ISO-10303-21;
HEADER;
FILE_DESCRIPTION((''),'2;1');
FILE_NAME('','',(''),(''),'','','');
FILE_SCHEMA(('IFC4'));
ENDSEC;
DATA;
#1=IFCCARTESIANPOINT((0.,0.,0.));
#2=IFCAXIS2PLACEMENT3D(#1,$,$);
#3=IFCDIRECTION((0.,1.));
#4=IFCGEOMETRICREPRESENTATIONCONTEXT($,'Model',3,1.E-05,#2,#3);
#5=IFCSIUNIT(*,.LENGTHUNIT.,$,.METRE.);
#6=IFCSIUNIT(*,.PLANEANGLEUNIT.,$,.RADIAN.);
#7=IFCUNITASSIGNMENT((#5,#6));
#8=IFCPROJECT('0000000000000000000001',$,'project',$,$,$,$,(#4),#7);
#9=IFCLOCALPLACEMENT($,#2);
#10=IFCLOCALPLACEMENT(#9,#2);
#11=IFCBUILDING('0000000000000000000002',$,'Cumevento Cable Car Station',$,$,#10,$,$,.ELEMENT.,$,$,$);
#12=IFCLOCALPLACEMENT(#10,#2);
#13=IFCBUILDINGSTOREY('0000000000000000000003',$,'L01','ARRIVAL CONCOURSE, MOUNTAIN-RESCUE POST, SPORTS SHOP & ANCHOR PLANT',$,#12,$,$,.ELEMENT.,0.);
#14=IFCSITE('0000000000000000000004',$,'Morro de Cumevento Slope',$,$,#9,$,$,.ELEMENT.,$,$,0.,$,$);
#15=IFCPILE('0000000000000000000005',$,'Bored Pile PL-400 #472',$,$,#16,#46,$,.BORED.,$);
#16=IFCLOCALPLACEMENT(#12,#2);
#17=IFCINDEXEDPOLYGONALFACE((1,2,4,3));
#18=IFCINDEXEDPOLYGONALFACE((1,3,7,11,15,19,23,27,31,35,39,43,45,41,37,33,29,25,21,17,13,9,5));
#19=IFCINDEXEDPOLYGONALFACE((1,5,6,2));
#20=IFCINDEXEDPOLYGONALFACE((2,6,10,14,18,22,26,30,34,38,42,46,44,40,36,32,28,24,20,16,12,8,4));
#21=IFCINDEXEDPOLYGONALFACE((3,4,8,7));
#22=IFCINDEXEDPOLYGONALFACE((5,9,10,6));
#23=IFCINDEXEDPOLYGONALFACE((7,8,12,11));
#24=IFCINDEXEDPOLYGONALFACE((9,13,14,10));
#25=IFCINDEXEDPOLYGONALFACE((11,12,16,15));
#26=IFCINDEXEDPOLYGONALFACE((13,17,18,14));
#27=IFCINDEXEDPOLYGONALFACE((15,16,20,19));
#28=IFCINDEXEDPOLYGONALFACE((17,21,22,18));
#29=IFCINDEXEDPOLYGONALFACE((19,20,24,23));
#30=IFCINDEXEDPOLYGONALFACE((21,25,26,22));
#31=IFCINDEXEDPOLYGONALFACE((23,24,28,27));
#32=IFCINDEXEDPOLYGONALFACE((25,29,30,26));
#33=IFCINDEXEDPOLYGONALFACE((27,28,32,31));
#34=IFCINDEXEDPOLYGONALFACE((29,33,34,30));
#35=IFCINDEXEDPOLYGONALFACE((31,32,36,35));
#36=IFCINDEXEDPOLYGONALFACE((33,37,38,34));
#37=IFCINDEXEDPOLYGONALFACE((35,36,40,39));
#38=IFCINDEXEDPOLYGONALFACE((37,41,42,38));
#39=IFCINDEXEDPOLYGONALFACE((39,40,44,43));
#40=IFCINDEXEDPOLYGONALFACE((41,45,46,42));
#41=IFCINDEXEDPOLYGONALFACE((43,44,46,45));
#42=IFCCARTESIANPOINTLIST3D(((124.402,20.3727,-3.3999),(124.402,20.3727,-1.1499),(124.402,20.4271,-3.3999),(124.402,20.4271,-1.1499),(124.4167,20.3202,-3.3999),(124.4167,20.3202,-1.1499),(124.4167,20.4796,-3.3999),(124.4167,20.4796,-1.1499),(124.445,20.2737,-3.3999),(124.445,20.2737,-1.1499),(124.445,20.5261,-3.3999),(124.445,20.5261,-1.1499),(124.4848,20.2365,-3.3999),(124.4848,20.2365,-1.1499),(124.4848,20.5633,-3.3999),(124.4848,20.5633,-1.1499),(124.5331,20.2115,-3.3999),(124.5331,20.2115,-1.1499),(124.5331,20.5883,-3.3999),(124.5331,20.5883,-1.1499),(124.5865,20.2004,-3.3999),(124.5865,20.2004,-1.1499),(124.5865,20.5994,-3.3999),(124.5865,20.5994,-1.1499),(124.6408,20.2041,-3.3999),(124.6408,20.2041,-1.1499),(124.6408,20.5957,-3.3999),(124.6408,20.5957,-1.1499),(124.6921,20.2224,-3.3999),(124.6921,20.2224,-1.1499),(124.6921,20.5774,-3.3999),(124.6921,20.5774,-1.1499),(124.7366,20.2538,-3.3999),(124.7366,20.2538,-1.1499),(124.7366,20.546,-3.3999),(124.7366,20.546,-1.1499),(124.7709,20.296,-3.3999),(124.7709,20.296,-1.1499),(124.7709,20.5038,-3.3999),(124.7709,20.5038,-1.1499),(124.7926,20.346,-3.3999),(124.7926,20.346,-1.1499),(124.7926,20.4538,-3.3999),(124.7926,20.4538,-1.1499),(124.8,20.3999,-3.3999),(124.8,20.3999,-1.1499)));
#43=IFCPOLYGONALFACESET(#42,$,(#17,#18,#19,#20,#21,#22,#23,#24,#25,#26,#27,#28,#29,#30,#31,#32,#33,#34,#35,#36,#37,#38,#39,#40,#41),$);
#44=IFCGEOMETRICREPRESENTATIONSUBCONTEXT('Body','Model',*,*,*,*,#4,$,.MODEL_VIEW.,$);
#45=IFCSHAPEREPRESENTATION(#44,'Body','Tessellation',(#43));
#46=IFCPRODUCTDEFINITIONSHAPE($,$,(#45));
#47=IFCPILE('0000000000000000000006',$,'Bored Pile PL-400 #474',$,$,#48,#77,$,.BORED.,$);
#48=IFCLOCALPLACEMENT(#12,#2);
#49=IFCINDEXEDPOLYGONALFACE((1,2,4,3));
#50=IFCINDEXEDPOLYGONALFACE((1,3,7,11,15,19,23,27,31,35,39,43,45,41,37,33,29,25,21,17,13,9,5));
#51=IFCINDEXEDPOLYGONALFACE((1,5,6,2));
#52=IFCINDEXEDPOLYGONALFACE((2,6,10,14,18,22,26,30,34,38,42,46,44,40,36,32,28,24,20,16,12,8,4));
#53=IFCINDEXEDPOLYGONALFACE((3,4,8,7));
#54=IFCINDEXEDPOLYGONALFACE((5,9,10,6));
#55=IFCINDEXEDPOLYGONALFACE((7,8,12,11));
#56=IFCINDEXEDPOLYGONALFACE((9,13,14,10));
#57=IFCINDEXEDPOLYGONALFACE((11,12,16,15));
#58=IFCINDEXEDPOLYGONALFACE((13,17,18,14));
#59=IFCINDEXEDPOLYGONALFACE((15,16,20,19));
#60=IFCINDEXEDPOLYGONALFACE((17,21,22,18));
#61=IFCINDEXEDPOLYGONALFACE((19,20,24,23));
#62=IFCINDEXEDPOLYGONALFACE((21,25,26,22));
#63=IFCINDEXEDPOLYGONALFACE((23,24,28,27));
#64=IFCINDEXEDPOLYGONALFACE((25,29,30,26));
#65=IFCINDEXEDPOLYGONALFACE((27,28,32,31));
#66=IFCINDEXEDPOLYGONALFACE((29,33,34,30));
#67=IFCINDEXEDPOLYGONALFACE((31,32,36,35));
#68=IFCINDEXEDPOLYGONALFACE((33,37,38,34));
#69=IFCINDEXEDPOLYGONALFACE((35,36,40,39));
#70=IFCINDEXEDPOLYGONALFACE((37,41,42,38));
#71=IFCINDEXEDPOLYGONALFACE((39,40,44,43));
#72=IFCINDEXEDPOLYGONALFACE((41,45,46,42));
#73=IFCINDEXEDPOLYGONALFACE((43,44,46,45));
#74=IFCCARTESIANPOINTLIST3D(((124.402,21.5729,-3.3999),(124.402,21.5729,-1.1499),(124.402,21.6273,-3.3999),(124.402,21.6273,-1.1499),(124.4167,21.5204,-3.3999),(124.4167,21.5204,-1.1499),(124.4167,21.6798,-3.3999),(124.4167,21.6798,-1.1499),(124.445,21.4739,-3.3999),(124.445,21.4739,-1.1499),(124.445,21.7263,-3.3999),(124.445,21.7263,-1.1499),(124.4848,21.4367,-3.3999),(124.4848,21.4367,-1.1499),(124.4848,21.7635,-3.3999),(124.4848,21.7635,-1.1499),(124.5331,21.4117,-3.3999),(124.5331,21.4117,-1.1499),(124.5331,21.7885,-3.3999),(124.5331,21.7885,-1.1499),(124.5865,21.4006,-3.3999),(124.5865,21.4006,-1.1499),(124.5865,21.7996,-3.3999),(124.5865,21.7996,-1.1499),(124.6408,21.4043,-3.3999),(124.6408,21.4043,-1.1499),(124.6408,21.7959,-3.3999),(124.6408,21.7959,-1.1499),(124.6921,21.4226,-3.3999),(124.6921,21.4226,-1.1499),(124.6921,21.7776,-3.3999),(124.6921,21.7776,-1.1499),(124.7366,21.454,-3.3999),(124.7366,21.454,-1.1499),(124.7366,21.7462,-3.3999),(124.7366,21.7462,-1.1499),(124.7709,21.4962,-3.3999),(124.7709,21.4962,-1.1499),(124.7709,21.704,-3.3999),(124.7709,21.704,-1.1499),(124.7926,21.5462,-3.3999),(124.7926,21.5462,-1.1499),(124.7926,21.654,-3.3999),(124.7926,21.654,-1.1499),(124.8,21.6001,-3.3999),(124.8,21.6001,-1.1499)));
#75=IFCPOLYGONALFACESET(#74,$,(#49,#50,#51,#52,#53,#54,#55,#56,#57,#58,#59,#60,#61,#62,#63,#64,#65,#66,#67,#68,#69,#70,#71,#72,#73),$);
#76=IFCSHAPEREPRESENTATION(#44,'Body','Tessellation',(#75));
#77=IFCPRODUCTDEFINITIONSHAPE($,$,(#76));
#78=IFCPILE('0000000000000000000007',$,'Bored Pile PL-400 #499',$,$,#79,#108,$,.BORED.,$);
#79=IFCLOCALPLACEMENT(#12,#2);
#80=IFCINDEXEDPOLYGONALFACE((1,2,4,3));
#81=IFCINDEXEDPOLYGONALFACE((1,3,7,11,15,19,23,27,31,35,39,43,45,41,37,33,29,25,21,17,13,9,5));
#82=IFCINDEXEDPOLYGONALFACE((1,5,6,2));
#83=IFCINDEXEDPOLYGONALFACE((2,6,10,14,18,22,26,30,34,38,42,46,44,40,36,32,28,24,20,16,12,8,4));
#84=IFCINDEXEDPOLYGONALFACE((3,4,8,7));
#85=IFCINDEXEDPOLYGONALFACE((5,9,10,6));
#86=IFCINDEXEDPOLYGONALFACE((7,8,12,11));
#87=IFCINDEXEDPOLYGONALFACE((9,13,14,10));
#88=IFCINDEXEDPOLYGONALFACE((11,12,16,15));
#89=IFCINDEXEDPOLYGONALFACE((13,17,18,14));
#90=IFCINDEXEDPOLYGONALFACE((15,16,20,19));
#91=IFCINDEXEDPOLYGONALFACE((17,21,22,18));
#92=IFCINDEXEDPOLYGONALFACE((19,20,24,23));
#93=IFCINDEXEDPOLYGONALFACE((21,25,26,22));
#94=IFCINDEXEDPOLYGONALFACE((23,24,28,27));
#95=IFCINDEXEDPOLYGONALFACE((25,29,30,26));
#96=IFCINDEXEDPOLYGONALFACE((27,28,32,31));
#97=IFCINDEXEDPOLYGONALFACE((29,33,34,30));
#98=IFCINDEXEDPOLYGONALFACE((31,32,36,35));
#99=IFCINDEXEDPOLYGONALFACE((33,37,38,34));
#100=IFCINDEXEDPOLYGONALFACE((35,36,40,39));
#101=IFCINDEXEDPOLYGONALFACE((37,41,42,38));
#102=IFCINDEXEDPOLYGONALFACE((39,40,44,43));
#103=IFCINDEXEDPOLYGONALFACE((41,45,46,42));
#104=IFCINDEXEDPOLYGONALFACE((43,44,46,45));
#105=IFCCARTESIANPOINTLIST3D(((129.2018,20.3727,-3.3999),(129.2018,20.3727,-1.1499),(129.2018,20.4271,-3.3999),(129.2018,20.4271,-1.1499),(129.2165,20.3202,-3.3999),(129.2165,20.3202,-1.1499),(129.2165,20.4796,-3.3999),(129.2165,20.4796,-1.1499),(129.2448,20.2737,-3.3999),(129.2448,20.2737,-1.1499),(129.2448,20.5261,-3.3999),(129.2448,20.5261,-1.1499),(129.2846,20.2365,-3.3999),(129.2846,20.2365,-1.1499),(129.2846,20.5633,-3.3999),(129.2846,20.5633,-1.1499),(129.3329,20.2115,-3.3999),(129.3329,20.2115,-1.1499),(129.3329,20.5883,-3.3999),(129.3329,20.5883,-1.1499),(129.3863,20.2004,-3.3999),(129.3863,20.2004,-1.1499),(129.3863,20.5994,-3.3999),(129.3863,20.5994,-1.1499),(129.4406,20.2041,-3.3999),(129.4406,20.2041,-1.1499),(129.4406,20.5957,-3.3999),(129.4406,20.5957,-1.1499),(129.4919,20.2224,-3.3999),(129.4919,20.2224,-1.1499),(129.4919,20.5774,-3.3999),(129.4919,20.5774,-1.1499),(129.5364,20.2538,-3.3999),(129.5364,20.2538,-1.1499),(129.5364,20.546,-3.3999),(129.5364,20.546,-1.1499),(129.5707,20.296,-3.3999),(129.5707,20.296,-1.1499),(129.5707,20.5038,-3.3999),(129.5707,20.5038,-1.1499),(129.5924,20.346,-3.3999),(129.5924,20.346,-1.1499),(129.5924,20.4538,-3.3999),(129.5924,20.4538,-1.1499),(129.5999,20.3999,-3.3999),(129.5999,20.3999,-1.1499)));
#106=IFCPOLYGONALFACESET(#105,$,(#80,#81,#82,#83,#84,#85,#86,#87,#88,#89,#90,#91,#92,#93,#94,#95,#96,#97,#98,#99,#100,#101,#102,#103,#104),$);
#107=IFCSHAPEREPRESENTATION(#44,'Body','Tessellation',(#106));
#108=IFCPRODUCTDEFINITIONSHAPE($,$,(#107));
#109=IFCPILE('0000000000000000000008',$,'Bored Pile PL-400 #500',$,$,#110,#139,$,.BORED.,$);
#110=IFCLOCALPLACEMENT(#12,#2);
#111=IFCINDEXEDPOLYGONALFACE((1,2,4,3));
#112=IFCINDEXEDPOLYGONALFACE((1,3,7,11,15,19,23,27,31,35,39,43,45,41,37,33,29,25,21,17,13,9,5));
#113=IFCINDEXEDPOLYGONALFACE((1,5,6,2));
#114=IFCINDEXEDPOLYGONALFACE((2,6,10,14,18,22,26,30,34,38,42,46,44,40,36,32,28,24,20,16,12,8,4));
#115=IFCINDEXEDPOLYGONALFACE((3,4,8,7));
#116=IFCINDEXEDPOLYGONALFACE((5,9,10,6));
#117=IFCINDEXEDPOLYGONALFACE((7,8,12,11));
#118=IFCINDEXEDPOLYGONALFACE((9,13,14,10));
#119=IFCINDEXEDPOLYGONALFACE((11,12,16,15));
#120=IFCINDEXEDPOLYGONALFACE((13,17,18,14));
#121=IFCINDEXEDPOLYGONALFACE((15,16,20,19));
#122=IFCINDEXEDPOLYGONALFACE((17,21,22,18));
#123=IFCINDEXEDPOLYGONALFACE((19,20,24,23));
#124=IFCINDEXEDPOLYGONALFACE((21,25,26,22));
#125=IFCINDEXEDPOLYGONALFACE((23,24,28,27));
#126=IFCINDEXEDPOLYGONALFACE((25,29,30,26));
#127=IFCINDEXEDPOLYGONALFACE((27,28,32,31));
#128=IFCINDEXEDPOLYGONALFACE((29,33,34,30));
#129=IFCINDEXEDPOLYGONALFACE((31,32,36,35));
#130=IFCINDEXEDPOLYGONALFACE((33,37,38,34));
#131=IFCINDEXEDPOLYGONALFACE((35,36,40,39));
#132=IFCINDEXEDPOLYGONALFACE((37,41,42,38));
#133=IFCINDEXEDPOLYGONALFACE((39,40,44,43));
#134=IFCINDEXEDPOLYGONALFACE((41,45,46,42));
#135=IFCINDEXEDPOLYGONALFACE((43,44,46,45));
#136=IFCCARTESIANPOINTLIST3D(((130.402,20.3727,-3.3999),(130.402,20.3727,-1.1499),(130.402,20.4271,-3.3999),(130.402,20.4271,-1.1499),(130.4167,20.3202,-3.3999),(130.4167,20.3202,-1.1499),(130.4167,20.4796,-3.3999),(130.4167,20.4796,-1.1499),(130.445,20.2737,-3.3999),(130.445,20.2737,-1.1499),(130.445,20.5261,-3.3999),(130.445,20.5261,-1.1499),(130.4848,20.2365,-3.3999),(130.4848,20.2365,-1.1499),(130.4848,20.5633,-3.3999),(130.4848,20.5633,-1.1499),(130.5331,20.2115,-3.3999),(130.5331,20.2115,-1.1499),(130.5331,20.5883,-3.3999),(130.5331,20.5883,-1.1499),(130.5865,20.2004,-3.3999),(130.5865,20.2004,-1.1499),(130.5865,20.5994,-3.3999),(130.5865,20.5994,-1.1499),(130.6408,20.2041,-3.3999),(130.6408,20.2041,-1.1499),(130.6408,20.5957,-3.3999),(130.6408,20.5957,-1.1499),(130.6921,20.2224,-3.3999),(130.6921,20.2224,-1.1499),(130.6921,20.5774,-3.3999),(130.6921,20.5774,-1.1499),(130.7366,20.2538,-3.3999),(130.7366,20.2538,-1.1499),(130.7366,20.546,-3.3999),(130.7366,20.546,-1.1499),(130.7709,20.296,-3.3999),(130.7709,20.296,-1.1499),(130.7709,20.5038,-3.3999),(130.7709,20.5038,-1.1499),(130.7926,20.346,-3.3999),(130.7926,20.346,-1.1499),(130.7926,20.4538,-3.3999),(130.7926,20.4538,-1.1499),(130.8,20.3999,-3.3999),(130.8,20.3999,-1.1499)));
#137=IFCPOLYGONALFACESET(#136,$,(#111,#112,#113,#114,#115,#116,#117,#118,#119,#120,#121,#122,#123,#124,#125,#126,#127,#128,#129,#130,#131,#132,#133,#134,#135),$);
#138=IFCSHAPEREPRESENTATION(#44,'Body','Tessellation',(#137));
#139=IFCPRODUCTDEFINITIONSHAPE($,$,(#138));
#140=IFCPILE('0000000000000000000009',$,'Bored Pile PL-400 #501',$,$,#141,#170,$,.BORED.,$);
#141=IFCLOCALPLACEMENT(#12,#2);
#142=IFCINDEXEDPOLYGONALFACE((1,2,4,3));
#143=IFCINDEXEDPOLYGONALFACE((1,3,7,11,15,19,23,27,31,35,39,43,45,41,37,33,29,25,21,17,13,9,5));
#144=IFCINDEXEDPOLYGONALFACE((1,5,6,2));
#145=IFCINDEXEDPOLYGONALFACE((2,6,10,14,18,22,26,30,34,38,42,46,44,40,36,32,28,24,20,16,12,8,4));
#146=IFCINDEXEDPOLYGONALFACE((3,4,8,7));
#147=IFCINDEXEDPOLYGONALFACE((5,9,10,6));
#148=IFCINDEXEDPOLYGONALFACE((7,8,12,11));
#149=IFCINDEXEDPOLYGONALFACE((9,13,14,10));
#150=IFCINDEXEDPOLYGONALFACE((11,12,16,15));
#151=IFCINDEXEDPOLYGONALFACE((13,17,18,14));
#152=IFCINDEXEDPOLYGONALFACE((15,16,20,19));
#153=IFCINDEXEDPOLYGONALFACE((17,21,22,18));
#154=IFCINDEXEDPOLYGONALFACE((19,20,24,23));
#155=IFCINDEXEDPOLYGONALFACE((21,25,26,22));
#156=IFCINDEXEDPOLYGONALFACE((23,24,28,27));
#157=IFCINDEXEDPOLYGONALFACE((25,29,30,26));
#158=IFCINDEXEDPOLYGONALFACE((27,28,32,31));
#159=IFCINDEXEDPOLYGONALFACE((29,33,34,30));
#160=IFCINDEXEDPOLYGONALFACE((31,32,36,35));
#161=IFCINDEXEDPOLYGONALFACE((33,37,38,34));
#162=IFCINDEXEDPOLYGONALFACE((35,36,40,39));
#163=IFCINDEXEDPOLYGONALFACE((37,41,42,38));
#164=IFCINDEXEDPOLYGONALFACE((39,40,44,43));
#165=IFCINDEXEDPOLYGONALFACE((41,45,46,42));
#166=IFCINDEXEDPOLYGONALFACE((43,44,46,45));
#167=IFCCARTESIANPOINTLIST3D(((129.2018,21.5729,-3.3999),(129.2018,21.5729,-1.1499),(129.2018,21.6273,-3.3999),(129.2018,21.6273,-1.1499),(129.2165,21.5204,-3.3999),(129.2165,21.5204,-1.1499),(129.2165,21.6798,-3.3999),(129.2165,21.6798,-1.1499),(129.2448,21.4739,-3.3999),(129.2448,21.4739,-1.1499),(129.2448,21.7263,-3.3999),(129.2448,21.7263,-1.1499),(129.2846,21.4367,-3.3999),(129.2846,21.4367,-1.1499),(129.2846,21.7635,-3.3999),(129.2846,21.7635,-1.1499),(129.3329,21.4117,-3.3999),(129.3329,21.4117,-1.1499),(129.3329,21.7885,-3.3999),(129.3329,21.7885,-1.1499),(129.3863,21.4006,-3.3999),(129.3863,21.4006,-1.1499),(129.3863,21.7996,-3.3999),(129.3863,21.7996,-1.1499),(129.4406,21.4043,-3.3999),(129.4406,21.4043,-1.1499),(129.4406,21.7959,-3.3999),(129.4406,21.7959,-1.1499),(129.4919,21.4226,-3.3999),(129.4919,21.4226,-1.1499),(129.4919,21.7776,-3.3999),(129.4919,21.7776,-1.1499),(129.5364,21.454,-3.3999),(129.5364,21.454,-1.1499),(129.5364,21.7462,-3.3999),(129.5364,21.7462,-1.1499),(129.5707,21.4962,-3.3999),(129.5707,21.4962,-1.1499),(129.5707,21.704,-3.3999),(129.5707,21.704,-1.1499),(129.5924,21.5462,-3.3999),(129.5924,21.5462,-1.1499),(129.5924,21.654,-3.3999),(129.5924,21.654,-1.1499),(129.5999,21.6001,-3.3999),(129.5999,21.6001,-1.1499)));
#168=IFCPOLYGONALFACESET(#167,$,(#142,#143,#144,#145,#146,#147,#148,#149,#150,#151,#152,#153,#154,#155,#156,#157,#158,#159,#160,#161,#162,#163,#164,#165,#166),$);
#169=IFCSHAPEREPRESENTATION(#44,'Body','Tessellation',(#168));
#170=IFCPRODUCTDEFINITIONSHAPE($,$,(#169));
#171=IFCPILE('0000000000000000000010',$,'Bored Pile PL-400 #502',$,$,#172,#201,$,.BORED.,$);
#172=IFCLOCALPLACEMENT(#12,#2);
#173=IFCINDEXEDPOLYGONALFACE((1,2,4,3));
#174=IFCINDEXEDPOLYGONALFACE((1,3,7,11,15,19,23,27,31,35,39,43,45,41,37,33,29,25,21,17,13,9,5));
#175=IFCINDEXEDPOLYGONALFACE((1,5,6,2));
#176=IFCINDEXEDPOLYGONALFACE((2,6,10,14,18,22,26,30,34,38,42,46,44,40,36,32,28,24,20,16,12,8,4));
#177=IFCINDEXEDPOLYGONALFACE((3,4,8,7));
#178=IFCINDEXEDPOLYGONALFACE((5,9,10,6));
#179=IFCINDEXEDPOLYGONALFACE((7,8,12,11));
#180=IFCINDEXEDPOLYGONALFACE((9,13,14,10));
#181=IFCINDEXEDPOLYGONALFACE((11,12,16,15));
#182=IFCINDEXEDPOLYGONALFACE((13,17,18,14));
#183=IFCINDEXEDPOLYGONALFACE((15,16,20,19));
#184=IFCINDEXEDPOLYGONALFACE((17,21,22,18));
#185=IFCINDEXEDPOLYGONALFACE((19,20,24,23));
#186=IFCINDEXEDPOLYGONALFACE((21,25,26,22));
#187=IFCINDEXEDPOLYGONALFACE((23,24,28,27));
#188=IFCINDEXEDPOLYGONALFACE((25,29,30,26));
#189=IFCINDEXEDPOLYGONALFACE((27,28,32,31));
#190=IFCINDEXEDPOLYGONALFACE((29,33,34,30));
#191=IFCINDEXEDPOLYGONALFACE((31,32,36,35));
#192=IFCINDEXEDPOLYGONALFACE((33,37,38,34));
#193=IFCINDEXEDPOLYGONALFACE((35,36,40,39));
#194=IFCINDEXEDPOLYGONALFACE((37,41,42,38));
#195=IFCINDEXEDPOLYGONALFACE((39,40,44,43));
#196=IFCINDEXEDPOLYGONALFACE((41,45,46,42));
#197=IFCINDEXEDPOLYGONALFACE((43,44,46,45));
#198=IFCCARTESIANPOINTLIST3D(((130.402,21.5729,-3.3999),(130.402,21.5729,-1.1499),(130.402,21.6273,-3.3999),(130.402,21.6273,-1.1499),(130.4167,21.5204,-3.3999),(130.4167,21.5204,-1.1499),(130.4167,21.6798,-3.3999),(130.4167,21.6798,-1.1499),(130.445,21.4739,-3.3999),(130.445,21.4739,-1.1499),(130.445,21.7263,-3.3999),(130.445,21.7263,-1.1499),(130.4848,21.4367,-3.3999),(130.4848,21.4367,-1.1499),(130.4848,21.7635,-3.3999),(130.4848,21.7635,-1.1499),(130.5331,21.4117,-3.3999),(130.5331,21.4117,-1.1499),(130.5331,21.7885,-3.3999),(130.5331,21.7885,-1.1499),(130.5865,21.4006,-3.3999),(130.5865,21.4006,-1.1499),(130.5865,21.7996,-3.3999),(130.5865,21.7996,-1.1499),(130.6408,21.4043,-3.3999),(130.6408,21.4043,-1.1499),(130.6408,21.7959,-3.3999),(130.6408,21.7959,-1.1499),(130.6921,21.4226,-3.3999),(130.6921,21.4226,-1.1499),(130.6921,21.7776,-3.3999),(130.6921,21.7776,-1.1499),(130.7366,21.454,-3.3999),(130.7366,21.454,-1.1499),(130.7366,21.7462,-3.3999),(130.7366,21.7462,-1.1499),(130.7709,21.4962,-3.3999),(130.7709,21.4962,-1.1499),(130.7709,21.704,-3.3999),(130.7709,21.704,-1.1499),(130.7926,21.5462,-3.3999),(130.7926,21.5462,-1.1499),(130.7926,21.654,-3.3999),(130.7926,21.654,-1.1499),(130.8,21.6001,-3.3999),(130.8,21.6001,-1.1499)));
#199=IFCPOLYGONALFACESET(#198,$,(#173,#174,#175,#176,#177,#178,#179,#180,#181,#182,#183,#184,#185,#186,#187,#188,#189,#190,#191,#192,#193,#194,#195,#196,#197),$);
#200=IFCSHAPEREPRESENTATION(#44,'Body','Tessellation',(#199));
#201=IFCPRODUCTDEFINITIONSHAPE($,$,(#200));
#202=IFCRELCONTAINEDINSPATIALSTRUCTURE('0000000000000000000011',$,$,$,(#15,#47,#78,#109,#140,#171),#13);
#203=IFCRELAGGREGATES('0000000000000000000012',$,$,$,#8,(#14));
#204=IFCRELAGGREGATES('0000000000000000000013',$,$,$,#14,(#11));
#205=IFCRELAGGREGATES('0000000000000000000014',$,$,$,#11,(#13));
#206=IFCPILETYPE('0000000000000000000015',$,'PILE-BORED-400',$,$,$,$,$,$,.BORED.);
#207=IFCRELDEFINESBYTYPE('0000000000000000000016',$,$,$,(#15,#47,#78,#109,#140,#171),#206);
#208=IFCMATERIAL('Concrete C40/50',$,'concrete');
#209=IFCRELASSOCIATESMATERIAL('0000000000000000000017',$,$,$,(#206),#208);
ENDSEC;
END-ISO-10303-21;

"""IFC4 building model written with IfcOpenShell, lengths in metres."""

from ifc_helpers import new_model, si_unit, direction, frame, origin, origin_2d, place, context, subcontext, project, spatial, circle, extrude, material, material_profile, profile_set, type_object, element, save


model = new_model("IFC4")

# Units and contexts
model_context = context("Model", 3, precision=1e-05, world=origin(), true_north=direction((0.0, 1.0)))
body_context = subcontext(model_context, "Body", "Model", "MODEL_VIEW")
ifc_project = project(units=[si_unit("LENGTHUNIT", "METRE"), si_unit("PLANEANGLEUNIT", "RADIAN")], contexts=[model_context])

# Site, building, storey
site_placement = place(None, origin())
site = spatial("IfcSite", under=ifc_project, at=site_placement, Name="Morro de Cumevento Slope", CompositionType="ELEMENT", RefElevation=0.0)
building_placement = place(site_placement, origin())
building = spatial("IfcBuilding", under=site, at=building_placement, Name="Cumevento Cable Car Station", CompositionType="ELEMENT")
storey_placement = place(building_placement, origin())
storey = spatial("IfcBuildingStorey", under=building, at=storey_placement, Name="L01", Description="ARRIVAL CONCOURSE, MOUNTAIN-RESCUE POST, SPORTS SHOP & ANCHOR PLANT", CompositionType="ELEMENT", Elevation=0.0)

# Piles
ifc_material_1 = material(Name="Concrete C40/50", Category="concrete")
ifc_material_profile_1 = material_profile(ifc_material_1, circle(Radius=0.2, at=origin_2d()), Name="PILE-D400")
ifc_profile_set_1 = profile_set([ifc_material_profile_1], Name="Concrete C40/50")
pile_type = type_object("IfcPileType", Name="PILE-BORED-400", PredefinedType="BORED", material=ifc_profile_set_1)
for number, where, z_axis, x_axis, name in (
    (1, (124.6001, 20.3999, -1.1499), (0.0, 0.0, -1.0), (1.0, 0.0, 0.0), "Bored Pile PL-400 #472"),
    (2, (124.6001, 21.6001, -1.1499), (0.0, 0.0, -1.0), (1.0, 0.0, 0.0), "Bored Pile PL-400 #474"),
    (3, (129.3999, 20.3999, -1.1499), (0.0, 0.0, -1.0), (1.0, 0.0, 0.0), "Bored Pile PL-400 #499"),
    (4, (130.6001, 20.3999, -1.1499), (0.0, 0.0, -1.0), (1.0, 0.0, 0.0), "Bored Pile PL-400 #500"),
    (5, (129.3999, 21.6001, -1.1499), (0.0, 0.0, -1.0), (1.0, 0.0, 0.0), "Bored Pile PL-400 #501"),
    (6, (130.6001, 21.6001, -1.1499), (0.0, 0.0, -1.0), (1.0, 0.0, 0.0), "Bored Pile PL-400 #502"),
):
    element("IfcPile", number, at=place(storey_placement, frame(where, z_axis=z_axis, x_axis=x_axis)), inside=storey, type_object=pile_type, Name=name, PredefinedType="BORED", context=body_context, shape_type="SweptSolid", body=[
        extrude(circle(Radius=0.2, at=origin_2d()), origin(), (0.0, 0.0, 1.0), 2.25),
    ])

save(model, "model.ifc")
